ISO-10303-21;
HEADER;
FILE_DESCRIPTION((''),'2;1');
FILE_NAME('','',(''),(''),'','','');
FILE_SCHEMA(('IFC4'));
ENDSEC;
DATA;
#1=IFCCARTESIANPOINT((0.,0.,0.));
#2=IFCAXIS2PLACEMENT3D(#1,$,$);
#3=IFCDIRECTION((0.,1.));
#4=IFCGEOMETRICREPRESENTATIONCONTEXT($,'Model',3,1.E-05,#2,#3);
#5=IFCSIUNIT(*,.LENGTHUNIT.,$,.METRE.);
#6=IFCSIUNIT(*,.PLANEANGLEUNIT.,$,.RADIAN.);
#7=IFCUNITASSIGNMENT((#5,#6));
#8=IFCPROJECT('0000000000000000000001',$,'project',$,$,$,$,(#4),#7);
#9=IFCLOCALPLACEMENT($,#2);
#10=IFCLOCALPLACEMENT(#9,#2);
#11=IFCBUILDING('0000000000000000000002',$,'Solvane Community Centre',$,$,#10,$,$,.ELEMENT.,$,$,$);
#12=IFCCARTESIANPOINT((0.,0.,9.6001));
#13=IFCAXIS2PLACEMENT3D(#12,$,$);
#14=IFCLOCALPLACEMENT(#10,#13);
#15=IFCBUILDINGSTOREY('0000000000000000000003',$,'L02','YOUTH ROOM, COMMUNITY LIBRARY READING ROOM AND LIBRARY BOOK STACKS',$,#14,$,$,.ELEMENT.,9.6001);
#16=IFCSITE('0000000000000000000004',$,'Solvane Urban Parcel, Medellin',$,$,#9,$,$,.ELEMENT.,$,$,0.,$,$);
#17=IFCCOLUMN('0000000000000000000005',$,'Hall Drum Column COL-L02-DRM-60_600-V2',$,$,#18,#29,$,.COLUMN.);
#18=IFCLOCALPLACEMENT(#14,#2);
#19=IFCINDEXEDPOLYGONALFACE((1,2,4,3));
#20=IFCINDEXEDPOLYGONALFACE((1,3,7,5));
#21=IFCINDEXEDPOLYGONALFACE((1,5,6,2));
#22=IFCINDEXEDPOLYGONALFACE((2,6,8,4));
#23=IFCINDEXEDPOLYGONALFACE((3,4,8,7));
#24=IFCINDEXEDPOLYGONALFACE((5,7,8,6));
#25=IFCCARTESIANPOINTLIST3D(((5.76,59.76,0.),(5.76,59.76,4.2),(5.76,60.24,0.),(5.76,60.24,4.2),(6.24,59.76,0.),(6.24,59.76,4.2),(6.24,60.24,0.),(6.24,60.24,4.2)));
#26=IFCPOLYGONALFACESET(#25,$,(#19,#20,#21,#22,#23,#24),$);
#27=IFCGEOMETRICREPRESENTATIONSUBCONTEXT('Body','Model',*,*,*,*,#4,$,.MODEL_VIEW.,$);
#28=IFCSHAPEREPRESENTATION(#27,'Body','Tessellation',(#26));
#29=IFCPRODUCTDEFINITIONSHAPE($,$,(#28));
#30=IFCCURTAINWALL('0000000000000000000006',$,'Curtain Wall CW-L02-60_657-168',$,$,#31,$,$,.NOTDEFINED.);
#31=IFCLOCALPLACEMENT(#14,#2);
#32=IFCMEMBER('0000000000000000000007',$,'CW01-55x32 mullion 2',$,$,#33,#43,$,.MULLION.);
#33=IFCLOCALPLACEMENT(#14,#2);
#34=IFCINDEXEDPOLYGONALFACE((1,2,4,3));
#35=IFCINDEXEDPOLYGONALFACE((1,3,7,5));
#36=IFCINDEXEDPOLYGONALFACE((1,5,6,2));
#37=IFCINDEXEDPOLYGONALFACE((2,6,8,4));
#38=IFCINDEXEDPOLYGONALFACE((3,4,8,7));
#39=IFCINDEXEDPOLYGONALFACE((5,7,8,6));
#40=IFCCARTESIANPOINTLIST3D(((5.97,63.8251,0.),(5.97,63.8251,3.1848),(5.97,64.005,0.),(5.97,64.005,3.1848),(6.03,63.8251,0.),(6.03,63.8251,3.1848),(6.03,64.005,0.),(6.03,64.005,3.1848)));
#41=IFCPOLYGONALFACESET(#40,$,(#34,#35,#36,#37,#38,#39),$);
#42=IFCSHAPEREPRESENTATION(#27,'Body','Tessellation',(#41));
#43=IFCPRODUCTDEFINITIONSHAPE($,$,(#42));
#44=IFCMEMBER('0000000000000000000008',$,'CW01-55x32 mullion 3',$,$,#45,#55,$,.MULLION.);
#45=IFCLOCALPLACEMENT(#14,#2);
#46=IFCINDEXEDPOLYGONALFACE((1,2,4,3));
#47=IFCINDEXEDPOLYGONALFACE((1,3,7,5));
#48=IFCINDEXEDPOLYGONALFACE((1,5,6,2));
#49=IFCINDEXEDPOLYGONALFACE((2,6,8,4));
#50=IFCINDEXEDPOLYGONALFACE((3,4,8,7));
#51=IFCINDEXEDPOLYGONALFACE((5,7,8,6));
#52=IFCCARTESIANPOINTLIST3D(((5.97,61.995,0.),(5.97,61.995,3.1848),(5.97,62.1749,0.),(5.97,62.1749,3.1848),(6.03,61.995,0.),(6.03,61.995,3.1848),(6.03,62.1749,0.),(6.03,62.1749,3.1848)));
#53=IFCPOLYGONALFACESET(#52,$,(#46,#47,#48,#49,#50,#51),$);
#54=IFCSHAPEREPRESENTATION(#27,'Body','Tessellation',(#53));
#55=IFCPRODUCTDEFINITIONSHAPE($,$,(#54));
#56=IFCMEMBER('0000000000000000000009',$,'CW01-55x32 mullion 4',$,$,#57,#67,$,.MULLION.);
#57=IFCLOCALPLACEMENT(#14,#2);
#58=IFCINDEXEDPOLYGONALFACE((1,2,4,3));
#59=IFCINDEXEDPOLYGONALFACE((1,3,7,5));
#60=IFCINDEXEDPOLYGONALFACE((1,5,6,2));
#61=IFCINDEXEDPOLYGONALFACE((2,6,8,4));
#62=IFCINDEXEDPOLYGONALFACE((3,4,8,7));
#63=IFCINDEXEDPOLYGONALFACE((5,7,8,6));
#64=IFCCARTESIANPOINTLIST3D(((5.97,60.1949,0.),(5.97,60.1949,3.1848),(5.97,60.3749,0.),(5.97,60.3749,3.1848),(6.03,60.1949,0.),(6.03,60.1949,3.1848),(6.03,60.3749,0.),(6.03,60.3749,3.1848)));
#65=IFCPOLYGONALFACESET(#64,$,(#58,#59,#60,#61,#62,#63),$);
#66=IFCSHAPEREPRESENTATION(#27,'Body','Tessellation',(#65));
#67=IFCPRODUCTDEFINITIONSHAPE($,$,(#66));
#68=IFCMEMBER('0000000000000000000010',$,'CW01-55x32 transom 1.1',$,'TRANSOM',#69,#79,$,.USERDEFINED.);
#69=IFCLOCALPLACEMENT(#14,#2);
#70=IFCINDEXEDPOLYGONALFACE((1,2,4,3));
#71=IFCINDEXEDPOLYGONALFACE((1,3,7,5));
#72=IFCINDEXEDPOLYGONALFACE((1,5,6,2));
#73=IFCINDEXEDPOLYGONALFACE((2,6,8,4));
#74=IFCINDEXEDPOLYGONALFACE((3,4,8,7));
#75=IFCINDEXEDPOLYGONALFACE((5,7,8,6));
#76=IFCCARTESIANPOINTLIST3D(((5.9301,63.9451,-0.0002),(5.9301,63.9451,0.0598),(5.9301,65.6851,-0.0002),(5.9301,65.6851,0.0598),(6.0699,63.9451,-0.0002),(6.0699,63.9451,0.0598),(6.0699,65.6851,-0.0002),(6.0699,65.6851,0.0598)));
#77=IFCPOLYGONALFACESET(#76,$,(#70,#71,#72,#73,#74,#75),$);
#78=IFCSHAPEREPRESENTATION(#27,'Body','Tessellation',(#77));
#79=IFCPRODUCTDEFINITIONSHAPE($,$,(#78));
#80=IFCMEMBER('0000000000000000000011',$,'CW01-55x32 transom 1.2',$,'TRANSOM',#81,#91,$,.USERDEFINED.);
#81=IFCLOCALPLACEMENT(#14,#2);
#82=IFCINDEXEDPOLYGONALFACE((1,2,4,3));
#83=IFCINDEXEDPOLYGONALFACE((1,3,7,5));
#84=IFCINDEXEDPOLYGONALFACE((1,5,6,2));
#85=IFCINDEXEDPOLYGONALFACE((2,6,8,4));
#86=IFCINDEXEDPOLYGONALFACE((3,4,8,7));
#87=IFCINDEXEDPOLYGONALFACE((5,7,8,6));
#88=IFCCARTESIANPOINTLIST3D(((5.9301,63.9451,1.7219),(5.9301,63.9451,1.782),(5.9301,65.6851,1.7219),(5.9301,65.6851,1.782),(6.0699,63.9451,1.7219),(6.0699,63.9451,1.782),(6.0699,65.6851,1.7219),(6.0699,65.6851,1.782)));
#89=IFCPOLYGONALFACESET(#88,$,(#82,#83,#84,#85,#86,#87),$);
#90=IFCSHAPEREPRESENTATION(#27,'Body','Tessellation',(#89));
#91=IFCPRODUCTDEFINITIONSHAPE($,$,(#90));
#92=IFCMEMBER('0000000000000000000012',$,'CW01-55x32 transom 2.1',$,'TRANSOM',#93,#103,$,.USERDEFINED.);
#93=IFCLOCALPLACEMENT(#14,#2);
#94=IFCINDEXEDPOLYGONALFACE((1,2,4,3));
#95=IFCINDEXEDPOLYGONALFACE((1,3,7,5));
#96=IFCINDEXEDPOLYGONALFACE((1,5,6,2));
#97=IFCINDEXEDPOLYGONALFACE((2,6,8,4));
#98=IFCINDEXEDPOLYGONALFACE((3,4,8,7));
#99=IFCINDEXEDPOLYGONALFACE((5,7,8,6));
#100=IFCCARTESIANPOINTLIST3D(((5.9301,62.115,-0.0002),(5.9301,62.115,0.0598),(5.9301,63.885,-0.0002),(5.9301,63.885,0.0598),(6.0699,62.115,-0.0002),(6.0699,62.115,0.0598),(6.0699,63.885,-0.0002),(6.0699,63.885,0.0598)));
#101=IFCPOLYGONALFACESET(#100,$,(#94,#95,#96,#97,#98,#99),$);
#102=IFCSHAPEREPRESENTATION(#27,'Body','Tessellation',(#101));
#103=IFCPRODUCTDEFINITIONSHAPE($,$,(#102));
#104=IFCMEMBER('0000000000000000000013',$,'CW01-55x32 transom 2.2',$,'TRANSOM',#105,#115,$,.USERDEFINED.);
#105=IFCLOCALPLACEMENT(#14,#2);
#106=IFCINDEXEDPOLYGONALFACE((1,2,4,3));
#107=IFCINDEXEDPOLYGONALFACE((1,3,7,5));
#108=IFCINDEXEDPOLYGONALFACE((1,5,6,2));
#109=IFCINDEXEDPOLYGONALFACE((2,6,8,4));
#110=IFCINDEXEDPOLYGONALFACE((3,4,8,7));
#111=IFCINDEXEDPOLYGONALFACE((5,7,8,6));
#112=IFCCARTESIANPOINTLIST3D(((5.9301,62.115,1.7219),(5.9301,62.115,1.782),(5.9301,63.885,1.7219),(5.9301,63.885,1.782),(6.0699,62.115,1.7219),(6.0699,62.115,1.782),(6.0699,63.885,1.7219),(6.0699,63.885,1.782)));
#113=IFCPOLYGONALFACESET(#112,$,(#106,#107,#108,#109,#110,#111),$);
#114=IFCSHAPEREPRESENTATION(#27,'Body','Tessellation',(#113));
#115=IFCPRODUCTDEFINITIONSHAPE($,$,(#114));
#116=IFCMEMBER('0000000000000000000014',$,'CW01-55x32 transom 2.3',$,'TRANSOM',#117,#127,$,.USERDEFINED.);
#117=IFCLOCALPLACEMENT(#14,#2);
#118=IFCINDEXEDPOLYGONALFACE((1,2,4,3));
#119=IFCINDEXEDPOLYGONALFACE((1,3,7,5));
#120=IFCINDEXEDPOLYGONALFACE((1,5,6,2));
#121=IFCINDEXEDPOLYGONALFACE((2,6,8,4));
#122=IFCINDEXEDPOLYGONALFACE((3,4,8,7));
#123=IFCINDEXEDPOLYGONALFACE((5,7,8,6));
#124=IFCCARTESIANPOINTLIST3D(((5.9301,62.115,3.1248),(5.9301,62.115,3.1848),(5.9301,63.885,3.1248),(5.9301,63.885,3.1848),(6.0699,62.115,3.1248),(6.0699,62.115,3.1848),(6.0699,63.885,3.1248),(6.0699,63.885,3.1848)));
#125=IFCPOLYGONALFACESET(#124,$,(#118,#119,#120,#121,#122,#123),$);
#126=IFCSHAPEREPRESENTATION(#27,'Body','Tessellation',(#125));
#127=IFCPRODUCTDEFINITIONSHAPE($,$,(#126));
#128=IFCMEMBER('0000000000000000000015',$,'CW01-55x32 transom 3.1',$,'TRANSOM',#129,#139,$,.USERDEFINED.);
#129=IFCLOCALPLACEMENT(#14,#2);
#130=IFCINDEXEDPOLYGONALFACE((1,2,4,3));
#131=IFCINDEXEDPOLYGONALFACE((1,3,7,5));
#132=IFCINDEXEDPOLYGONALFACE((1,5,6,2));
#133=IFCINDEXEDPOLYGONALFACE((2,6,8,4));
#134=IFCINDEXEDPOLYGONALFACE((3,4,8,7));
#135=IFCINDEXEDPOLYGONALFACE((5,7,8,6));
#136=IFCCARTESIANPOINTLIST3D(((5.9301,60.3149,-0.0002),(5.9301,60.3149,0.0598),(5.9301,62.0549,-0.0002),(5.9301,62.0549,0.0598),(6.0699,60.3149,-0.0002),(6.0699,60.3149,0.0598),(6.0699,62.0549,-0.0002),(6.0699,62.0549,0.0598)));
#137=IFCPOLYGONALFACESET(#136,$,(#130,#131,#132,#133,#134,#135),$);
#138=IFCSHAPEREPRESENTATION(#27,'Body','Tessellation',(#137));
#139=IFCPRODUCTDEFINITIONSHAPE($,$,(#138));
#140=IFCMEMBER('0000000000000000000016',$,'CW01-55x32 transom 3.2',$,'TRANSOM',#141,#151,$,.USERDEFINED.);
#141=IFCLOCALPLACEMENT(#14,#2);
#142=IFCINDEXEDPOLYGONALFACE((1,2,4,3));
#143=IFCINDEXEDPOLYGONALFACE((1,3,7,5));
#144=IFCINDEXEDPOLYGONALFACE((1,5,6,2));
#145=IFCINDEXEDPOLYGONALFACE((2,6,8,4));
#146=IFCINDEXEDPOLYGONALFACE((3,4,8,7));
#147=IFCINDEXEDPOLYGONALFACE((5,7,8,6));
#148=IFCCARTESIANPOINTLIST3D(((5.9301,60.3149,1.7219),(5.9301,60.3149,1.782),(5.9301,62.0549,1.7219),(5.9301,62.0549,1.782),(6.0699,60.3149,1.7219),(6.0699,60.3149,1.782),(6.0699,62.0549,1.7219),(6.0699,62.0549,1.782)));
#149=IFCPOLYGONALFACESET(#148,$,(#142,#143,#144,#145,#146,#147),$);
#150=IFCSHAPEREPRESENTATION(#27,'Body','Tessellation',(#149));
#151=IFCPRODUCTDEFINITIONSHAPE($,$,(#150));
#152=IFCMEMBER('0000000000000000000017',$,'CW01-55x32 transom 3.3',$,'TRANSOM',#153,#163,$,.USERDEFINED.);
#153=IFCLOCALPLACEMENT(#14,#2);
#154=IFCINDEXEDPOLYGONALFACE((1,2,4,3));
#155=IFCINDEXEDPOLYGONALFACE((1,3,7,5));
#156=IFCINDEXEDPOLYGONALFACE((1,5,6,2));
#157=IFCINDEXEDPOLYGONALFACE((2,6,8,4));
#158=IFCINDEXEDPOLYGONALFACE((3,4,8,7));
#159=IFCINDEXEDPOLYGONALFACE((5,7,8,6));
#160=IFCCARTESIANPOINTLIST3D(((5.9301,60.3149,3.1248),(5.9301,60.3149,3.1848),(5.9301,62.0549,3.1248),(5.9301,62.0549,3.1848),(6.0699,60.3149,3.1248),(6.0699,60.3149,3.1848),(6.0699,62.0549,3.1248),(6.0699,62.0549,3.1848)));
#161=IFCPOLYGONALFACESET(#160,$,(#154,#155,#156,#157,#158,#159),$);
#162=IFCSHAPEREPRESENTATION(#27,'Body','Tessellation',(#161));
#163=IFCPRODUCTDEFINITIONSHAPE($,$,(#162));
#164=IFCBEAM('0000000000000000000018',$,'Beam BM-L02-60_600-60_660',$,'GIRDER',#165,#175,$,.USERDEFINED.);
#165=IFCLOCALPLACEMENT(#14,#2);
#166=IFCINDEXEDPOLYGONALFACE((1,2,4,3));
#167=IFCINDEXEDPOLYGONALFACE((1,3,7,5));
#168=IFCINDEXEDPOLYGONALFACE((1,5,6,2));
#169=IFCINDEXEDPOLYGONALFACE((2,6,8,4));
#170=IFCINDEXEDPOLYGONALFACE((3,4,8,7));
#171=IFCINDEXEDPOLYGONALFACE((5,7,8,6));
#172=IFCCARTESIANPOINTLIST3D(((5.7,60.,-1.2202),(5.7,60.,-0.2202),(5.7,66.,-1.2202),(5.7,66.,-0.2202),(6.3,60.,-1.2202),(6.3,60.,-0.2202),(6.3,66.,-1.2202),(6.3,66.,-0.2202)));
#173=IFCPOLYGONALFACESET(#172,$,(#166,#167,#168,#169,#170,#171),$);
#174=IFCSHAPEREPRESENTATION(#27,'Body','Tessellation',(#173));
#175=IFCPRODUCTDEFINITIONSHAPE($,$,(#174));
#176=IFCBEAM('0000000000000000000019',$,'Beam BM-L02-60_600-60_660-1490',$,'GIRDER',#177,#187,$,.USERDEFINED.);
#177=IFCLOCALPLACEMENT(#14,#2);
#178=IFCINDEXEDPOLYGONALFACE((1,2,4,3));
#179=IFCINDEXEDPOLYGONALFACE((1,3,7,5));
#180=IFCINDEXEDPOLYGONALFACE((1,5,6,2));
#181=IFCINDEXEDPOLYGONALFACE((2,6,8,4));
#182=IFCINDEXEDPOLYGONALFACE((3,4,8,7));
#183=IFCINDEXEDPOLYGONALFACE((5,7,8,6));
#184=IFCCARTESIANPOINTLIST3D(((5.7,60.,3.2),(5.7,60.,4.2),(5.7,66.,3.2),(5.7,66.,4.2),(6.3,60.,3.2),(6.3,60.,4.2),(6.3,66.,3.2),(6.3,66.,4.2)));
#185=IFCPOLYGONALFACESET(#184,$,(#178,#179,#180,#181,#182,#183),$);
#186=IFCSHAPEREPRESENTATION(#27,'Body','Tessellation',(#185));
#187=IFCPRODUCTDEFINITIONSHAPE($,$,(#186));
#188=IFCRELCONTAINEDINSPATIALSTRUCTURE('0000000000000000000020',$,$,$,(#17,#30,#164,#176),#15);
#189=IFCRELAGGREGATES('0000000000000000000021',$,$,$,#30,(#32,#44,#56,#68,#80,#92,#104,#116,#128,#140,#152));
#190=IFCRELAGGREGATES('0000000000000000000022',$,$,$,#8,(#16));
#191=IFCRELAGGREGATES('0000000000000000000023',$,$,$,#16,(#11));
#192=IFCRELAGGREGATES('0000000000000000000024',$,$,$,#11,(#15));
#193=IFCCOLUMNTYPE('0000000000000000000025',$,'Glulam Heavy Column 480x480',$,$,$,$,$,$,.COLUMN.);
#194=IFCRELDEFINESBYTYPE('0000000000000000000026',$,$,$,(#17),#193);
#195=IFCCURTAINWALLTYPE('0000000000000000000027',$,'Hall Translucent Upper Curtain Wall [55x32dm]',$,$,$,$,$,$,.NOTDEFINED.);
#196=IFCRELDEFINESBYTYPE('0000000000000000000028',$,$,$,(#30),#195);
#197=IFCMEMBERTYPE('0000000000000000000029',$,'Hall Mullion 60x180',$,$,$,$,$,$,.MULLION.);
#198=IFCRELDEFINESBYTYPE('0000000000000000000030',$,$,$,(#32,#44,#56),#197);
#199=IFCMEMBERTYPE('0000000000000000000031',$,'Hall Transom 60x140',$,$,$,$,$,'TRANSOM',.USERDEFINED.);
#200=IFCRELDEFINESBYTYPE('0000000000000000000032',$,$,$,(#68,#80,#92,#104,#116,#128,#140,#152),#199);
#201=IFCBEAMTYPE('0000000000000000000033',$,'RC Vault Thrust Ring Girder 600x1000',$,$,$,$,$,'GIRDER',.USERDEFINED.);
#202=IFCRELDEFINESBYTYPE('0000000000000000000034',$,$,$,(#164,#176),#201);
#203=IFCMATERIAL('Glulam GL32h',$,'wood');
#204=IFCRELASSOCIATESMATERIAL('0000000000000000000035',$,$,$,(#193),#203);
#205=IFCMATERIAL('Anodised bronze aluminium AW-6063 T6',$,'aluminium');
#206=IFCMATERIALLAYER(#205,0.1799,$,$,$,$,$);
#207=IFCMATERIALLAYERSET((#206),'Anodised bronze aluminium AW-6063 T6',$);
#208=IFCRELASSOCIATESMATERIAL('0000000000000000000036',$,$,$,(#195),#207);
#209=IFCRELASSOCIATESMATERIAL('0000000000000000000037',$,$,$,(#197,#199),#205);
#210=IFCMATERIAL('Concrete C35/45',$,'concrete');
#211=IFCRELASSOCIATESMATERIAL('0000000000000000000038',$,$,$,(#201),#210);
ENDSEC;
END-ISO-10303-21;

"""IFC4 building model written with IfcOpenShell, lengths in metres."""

from ifc_helpers import new_model, si_unit, direction, frame, origin, origin_2d, place, context, subcontext, project, spatial, rectangle, extrude, material, layer, layer_set, material_profile, profile_set, type_object, element, aggregate, save


model = new_model("IFC4")

# Units and contexts
model_context = context("Model", 3, precision=1e-05, world=origin(), true_north=direction((0.0, 1.0)))
body_context = subcontext(model_context, "Body", "Model", "MODEL_VIEW")
ifc_project = project(units=[si_unit("LENGTHUNIT", "METRE"), si_unit("PLANEANGLEUNIT", "RADIAN")], contexts=[model_context])

# Site, building, storey
site_placement = place(None, origin())
site = spatial("IfcSite", under=ifc_project, at=site_placement, Name="Solvane Urban Parcel, Medellin", CompositionType="ELEMENT", RefElevation=0.0)
building_placement = place(site_placement, origin())
building = spatial("IfcBuilding", under=site, at=building_placement, Name="Solvane Community Centre", CompositionType="ELEMENT")
storey_placement = place(building_placement, frame((0.0, 0.0, 9.6001)))
storey = spatial("IfcBuildingStorey", under=building, at=storey_placement, Name="L02", Description="YOUTH ROOM, COMMUNITY LIBRARY READING ROOM AND LIBRARY BOOK STACKS", CompositionType="ELEMENT", Elevation=9.6001)

# Column
ifc_material_1 = material(Name="Glulam GL32h", Category="wood")
ifc_material_profile_1 = material_profile(ifc_material_1, rectangle(XDim=0.48, YDim=0.48, at=origin_2d()), Name="GL32h 480x480")
ifc_profile_set_1 = profile_set([ifc_material_profile_1], Name="Glulam GL32h")
column_type = type_object("IfcColumnType", Name="Glulam Heavy Column 480x480", PredefinedType="COLUMN", material=ifc_profile_set_1)
column_placement = place(storey_placement, frame((6.0, 60.0, 0.0), z_axis=(0.0, 0.0, 1.0), x_axis=(1.0, 0.0, 0.0)))
element("IfcColumn", 1, at=column_placement, inside=storey, type_object=column_type, Name="Hall Drum Column COL-L02-DRM-60_600-V2", PredefinedType="COLUMN", context=body_context, shape_type="SweptSolid", body=[
    extrude(rectangle(XDim=0.48, YDim=0.48, at=origin_2d()), origin(), (0.0, 0.0, 1.0), 4.2),
])

# Curtain wall, members
ifc_material_2 = material(Name="Anodised bronze aluminium AW-6063 T6", Category="aluminium")
ifc_layer_1 = layer(ifc_material_2, 0.1799)
ifc_layer_set_1 = layer_set([ifc_layer_1], Name="Anodised bronze aluminium AW-6063 T6")
curtain_wall_type = type_object("IfcCurtainWallType", Name="Hall Translucent Upper Curtain Wall [55x32dm]", PredefinedType="NOTDEFINED", material=ifc_layer_set_1)
curtain_wall_placement = place(storey_placement, origin())
curtain_wall = element("IfcCurtainWall", 2, at=curtain_wall_placement, inside=storey, type_object=curtain_wall_type, Name="Curtain Wall CW-L02-60_657-168", PredefinedType="NOTDEFINED")
ifc_material_profile_2 = material_profile(ifc_material_2, rectangle(XDim=0.0601, YDim=0.1799, at=origin_2d()), Name="CW-M 60x180")
ifc_profile_set_2 = profile_set([ifc_material_profile_2], Name="Anodised bronze aluminium AW-6063 T6")
member_type_1 = type_object("IfcMemberType", Name="Hall Mullion 60x180", PredefinedType="MULLION", material=ifc_profile_set_2)
member_1_placement = place(storey_placement, frame((6.0, 63.915, 0.0), z_axis=(0.0, 0.0, 1.0), x_axis=(1.0, 0.0, 0.0)))
member_1 = element("IfcMember", 3, at=member_1_placement, type_object=member_type_1, Name="CW01-55x32 mullion 2", PredefinedType="MULLION", context=body_context, shape_type="SweptSolid", body=[
    extrude(rectangle(XDim=0.0601, YDim=0.1799, at=origin_2d()), origin(), (0.0, 0.0, 1.0), 3.1848),
])
member_2_placement = place(storey_placement, frame((6.0, 62.085, 0.0), z_axis=(0.0, 0.0, 1.0), x_axis=(1.0, 0.0, 0.0)))
member_2 = element("IfcMember", 4, at=member_2_placement, type_object=member_type_1, Name="CW01-55x32 mullion 3", PredefinedType="MULLION", context=body_context, shape_type="SweptSolid", body=[
    extrude(rectangle(XDim=0.0601, YDim=0.1799, at=origin_2d()), origin(), (0.0, 0.0, 1.0), 3.1848),
])
member_3_placement = place(storey_placement, frame((6.0, 60.2849, 0.0), z_axis=(0.0, 0.0, 1.0), x_axis=(1.0, 0.0, 0.0)))
member_3 = element("IfcMember", 5, at=member_3_placement, type_object=member_type_1, Name="CW01-55x32 mullion 4", PredefinedType="MULLION", context=body_context, shape_type="SweptSolid", body=[
    extrude(rectangle(XDim=0.0601, YDim=0.1799, at=origin_2d()), origin(), (0.0, 0.0, 1.0), 3.1848),
])
ifc_material_profile_3 = material_profile(ifc_material_2, rectangle(XDim=0.1399, YDim=0.0601, at=origin_2d()), Name="CW-T 60x140")
ifc_profile_set_3 = profile_set([ifc_material_profile_3], Name="Anodised bronze aluminium AW-6063 T6")
member_type_2 = type_object("IfcMemberType", Name="Hall Transom 60x140", ElementType="TRANSOM", PredefinedType="USERDEFINED", material=ifc_profile_set_3)
member_4_placement = place(storey_placement, frame((6.0, 65.6851, 0.0298), z_axis=(0.0, -1.0, 0.0), x_axis=(1.0, 0.0, 0.0)))
member_4 = element("IfcMember", 6, at=member_4_placement, type_object=member_type_2, Name="CW01-55x32 transom 1.1", ObjectType="TRANSOM", PredefinedType="USERDEFINED", context=body_context, shape_type="SweptSolid", body=[
    extrude(rectangle(XDim=0.1399, YDim=0.0601, at=origin_2d()), origin(), (0.0, 0.0, 1.0), 1.74),
])
member_5_placement = place(storey_placement, frame((6.0, 65.6851, 1.752), z_axis=(0.0, -1.0, 0.0), x_axis=(1.0, 0.0, 0.0)))
member_5 = element("IfcMember", 7, at=member_5_placement, type_object=member_type_2, Name="CW01-55x32 transom 1.2", ObjectType="TRANSOM", PredefinedType="USERDEFINED", context=body_context, shape_type="SweptSolid", body=[
    extrude(rectangle(XDim=0.1399, YDim=0.0601, at=origin_2d()), origin(), (0.0, 0.0, 1.0), 1.74),
])
member_6_placement = place(storey_placement, frame((6.0, 63.885, 0.0298), z_axis=(0.0, -1.0, 0.0), x_axis=(1.0, 0.0, 0.0)))
member_6 = element("IfcMember", 8, at=member_6_placement, type_object=member_type_2, Name="CW01-55x32 transom 2.1", ObjectType="TRANSOM", PredefinedType="USERDEFINED", context=body_context, shape_type="SweptSolid", body=[
    extrude(rectangle(XDim=0.1399, YDim=0.0601, at=origin_2d()), origin(), (0.0, 0.0, 1.0), 1.77),
])
member_7_placement = place(storey_placement, frame((6.0, 63.885, 1.752), z_axis=(0.0, -1.0, 0.0), x_axis=(1.0, 0.0, 0.0)))
member_7 = element("IfcMember", 9, at=member_7_placement, type_object=member_type_2, Name="CW01-55x32 transom 2.2", ObjectType="TRANSOM", PredefinedType="USERDEFINED", context=body_context, shape_type="SweptSolid", body=[
    extrude(rectangle(XDim=0.1399, YDim=0.0601, at=origin_2d()), origin(), (0.0, 0.0, 1.0), 1.77),
])
member_8_placement = place(storey_placement, frame((6.0, 63.885, 3.1548), z_axis=(0.0, -1.0, 0.0), x_axis=(1.0, 0.0, 0.0)))
member_8 = element("IfcMember", 10, at=member_8_placement, type_object=member_type_2, Name="CW01-55x32 transom 2.3", ObjectType="TRANSOM", PredefinedType="USERDEFINED", context=body_context, shape_type="SweptSolid", body=[
    extrude(rectangle(XDim=0.1399, YDim=0.0601, at=origin_2d()), origin(), (0.0, 0.0, 1.0), 1.77),
])
member_9_placement = place(storey_placement, frame((6.0, 62.0549, 0.0298), z_axis=(0.0, -1.0, 0.0), x_axis=(1.0, 0.0, 0.0)))
member_9 = element("IfcMember", 11, at=member_9_placement, type_object=member_type_2, Name="CW01-55x32 transom 3.1", ObjectType="TRANSOM", PredefinedType="USERDEFINED", context=body_context, shape_type="SweptSolid", body=[
    extrude(rectangle(XDim=0.1399, YDim=0.0601, at=origin_2d()), origin(), (0.0, 0.0, 1.0), 1.74),
])
member_10_placement = place(storey_placement, frame((6.0, 62.0549, 1.752), z_axis=(0.0, -1.0, 0.0), x_axis=(1.0, 0.0, 0.0)))
member_10 = element("IfcMember", 12, at=member_10_placement, type_object=member_type_2, Name="CW01-55x32 transom 3.2", ObjectType="TRANSOM", PredefinedType="USERDEFINED", context=body_context, shape_type="SweptSolid", body=[
    extrude(rectangle(XDim=0.1399, YDim=0.0601, at=origin_2d()), origin(), (0.0, 0.0, 1.0), 1.74),
])
member_11_placement = place(storey_placement, frame((6.0, 62.0549, 3.1548), z_axis=(0.0, -1.0, 0.0), x_axis=(1.0, 0.0, 0.0)))
member_11 = element("IfcMember", 13, at=member_11_placement, type_object=member_type_2, Name="CW01-55x32 transom 3.3", ObjectType="TRANSOM", PredefinedType="USERDEFINED", context=body_context, shape_type="SweptSolid", body=[
    extrude(rectangle(XDim=0.1399, YDim=0.0601, at=origin_2d()), origin(), (0.0, 0.0, 1.0), 1.74),
])

# Beams
ifc_material_3 = material(Name="Concrete C35/45", Category="concrete")
ifc_material_profile_4 = material_profile(ifc_material_3, rectangle(XDim=0.6001, YDim=1.0, at=origin_2d()), Name="RC 600x1000")
ifc_profile_set_4 = profile_set([ifc_material_profile_4], Name="Concrete C35/45")
beam_type = type_object("IfcBeamType", Name="RC Vault Thrust Ring Girder 600x1000", ElementType="GIRDER", PredefinedType="USERDEFINED", material=ifc_profile_set_4)
for number, where, z_axis, x_axis, name in (
    (14, (6.0, 60.0, -0.7202), (0.0, 1.0, 0.0), (-1.0, 0.0, 0.0), "Beam BM-L02-60_600-60_660"),
    (15, (6.0, 60.0, 3.7), (0.0, 1.0, 0.0), (-1.0, 0.0, 0.0), "Beam BM-L02-60_600-60_660-1490"),
):
    element("IfcBeam", number, at=place(storey_placement, frame(where, z_axis=z_axis, x_axis=x_axis)), inside=storey, type_object=beam_type, Name=name, ObjectType="GIRDER", PredefinedType="USERDEFINED", context=body_context, shape_type="SweptSolid", body=[
        extrude(rectangle(XDim=0.6001, YDim=1.0, at=origin_2d()), origin(), (0.0, 0.0, 1.0), 6.0),
    ])

aggregate(curtain_wall, [member_1, member_2, member_3, member_4, member_5, member_6, member_7, member_8, member_9, member_10, member_11])

save(model, "model.ifc")
